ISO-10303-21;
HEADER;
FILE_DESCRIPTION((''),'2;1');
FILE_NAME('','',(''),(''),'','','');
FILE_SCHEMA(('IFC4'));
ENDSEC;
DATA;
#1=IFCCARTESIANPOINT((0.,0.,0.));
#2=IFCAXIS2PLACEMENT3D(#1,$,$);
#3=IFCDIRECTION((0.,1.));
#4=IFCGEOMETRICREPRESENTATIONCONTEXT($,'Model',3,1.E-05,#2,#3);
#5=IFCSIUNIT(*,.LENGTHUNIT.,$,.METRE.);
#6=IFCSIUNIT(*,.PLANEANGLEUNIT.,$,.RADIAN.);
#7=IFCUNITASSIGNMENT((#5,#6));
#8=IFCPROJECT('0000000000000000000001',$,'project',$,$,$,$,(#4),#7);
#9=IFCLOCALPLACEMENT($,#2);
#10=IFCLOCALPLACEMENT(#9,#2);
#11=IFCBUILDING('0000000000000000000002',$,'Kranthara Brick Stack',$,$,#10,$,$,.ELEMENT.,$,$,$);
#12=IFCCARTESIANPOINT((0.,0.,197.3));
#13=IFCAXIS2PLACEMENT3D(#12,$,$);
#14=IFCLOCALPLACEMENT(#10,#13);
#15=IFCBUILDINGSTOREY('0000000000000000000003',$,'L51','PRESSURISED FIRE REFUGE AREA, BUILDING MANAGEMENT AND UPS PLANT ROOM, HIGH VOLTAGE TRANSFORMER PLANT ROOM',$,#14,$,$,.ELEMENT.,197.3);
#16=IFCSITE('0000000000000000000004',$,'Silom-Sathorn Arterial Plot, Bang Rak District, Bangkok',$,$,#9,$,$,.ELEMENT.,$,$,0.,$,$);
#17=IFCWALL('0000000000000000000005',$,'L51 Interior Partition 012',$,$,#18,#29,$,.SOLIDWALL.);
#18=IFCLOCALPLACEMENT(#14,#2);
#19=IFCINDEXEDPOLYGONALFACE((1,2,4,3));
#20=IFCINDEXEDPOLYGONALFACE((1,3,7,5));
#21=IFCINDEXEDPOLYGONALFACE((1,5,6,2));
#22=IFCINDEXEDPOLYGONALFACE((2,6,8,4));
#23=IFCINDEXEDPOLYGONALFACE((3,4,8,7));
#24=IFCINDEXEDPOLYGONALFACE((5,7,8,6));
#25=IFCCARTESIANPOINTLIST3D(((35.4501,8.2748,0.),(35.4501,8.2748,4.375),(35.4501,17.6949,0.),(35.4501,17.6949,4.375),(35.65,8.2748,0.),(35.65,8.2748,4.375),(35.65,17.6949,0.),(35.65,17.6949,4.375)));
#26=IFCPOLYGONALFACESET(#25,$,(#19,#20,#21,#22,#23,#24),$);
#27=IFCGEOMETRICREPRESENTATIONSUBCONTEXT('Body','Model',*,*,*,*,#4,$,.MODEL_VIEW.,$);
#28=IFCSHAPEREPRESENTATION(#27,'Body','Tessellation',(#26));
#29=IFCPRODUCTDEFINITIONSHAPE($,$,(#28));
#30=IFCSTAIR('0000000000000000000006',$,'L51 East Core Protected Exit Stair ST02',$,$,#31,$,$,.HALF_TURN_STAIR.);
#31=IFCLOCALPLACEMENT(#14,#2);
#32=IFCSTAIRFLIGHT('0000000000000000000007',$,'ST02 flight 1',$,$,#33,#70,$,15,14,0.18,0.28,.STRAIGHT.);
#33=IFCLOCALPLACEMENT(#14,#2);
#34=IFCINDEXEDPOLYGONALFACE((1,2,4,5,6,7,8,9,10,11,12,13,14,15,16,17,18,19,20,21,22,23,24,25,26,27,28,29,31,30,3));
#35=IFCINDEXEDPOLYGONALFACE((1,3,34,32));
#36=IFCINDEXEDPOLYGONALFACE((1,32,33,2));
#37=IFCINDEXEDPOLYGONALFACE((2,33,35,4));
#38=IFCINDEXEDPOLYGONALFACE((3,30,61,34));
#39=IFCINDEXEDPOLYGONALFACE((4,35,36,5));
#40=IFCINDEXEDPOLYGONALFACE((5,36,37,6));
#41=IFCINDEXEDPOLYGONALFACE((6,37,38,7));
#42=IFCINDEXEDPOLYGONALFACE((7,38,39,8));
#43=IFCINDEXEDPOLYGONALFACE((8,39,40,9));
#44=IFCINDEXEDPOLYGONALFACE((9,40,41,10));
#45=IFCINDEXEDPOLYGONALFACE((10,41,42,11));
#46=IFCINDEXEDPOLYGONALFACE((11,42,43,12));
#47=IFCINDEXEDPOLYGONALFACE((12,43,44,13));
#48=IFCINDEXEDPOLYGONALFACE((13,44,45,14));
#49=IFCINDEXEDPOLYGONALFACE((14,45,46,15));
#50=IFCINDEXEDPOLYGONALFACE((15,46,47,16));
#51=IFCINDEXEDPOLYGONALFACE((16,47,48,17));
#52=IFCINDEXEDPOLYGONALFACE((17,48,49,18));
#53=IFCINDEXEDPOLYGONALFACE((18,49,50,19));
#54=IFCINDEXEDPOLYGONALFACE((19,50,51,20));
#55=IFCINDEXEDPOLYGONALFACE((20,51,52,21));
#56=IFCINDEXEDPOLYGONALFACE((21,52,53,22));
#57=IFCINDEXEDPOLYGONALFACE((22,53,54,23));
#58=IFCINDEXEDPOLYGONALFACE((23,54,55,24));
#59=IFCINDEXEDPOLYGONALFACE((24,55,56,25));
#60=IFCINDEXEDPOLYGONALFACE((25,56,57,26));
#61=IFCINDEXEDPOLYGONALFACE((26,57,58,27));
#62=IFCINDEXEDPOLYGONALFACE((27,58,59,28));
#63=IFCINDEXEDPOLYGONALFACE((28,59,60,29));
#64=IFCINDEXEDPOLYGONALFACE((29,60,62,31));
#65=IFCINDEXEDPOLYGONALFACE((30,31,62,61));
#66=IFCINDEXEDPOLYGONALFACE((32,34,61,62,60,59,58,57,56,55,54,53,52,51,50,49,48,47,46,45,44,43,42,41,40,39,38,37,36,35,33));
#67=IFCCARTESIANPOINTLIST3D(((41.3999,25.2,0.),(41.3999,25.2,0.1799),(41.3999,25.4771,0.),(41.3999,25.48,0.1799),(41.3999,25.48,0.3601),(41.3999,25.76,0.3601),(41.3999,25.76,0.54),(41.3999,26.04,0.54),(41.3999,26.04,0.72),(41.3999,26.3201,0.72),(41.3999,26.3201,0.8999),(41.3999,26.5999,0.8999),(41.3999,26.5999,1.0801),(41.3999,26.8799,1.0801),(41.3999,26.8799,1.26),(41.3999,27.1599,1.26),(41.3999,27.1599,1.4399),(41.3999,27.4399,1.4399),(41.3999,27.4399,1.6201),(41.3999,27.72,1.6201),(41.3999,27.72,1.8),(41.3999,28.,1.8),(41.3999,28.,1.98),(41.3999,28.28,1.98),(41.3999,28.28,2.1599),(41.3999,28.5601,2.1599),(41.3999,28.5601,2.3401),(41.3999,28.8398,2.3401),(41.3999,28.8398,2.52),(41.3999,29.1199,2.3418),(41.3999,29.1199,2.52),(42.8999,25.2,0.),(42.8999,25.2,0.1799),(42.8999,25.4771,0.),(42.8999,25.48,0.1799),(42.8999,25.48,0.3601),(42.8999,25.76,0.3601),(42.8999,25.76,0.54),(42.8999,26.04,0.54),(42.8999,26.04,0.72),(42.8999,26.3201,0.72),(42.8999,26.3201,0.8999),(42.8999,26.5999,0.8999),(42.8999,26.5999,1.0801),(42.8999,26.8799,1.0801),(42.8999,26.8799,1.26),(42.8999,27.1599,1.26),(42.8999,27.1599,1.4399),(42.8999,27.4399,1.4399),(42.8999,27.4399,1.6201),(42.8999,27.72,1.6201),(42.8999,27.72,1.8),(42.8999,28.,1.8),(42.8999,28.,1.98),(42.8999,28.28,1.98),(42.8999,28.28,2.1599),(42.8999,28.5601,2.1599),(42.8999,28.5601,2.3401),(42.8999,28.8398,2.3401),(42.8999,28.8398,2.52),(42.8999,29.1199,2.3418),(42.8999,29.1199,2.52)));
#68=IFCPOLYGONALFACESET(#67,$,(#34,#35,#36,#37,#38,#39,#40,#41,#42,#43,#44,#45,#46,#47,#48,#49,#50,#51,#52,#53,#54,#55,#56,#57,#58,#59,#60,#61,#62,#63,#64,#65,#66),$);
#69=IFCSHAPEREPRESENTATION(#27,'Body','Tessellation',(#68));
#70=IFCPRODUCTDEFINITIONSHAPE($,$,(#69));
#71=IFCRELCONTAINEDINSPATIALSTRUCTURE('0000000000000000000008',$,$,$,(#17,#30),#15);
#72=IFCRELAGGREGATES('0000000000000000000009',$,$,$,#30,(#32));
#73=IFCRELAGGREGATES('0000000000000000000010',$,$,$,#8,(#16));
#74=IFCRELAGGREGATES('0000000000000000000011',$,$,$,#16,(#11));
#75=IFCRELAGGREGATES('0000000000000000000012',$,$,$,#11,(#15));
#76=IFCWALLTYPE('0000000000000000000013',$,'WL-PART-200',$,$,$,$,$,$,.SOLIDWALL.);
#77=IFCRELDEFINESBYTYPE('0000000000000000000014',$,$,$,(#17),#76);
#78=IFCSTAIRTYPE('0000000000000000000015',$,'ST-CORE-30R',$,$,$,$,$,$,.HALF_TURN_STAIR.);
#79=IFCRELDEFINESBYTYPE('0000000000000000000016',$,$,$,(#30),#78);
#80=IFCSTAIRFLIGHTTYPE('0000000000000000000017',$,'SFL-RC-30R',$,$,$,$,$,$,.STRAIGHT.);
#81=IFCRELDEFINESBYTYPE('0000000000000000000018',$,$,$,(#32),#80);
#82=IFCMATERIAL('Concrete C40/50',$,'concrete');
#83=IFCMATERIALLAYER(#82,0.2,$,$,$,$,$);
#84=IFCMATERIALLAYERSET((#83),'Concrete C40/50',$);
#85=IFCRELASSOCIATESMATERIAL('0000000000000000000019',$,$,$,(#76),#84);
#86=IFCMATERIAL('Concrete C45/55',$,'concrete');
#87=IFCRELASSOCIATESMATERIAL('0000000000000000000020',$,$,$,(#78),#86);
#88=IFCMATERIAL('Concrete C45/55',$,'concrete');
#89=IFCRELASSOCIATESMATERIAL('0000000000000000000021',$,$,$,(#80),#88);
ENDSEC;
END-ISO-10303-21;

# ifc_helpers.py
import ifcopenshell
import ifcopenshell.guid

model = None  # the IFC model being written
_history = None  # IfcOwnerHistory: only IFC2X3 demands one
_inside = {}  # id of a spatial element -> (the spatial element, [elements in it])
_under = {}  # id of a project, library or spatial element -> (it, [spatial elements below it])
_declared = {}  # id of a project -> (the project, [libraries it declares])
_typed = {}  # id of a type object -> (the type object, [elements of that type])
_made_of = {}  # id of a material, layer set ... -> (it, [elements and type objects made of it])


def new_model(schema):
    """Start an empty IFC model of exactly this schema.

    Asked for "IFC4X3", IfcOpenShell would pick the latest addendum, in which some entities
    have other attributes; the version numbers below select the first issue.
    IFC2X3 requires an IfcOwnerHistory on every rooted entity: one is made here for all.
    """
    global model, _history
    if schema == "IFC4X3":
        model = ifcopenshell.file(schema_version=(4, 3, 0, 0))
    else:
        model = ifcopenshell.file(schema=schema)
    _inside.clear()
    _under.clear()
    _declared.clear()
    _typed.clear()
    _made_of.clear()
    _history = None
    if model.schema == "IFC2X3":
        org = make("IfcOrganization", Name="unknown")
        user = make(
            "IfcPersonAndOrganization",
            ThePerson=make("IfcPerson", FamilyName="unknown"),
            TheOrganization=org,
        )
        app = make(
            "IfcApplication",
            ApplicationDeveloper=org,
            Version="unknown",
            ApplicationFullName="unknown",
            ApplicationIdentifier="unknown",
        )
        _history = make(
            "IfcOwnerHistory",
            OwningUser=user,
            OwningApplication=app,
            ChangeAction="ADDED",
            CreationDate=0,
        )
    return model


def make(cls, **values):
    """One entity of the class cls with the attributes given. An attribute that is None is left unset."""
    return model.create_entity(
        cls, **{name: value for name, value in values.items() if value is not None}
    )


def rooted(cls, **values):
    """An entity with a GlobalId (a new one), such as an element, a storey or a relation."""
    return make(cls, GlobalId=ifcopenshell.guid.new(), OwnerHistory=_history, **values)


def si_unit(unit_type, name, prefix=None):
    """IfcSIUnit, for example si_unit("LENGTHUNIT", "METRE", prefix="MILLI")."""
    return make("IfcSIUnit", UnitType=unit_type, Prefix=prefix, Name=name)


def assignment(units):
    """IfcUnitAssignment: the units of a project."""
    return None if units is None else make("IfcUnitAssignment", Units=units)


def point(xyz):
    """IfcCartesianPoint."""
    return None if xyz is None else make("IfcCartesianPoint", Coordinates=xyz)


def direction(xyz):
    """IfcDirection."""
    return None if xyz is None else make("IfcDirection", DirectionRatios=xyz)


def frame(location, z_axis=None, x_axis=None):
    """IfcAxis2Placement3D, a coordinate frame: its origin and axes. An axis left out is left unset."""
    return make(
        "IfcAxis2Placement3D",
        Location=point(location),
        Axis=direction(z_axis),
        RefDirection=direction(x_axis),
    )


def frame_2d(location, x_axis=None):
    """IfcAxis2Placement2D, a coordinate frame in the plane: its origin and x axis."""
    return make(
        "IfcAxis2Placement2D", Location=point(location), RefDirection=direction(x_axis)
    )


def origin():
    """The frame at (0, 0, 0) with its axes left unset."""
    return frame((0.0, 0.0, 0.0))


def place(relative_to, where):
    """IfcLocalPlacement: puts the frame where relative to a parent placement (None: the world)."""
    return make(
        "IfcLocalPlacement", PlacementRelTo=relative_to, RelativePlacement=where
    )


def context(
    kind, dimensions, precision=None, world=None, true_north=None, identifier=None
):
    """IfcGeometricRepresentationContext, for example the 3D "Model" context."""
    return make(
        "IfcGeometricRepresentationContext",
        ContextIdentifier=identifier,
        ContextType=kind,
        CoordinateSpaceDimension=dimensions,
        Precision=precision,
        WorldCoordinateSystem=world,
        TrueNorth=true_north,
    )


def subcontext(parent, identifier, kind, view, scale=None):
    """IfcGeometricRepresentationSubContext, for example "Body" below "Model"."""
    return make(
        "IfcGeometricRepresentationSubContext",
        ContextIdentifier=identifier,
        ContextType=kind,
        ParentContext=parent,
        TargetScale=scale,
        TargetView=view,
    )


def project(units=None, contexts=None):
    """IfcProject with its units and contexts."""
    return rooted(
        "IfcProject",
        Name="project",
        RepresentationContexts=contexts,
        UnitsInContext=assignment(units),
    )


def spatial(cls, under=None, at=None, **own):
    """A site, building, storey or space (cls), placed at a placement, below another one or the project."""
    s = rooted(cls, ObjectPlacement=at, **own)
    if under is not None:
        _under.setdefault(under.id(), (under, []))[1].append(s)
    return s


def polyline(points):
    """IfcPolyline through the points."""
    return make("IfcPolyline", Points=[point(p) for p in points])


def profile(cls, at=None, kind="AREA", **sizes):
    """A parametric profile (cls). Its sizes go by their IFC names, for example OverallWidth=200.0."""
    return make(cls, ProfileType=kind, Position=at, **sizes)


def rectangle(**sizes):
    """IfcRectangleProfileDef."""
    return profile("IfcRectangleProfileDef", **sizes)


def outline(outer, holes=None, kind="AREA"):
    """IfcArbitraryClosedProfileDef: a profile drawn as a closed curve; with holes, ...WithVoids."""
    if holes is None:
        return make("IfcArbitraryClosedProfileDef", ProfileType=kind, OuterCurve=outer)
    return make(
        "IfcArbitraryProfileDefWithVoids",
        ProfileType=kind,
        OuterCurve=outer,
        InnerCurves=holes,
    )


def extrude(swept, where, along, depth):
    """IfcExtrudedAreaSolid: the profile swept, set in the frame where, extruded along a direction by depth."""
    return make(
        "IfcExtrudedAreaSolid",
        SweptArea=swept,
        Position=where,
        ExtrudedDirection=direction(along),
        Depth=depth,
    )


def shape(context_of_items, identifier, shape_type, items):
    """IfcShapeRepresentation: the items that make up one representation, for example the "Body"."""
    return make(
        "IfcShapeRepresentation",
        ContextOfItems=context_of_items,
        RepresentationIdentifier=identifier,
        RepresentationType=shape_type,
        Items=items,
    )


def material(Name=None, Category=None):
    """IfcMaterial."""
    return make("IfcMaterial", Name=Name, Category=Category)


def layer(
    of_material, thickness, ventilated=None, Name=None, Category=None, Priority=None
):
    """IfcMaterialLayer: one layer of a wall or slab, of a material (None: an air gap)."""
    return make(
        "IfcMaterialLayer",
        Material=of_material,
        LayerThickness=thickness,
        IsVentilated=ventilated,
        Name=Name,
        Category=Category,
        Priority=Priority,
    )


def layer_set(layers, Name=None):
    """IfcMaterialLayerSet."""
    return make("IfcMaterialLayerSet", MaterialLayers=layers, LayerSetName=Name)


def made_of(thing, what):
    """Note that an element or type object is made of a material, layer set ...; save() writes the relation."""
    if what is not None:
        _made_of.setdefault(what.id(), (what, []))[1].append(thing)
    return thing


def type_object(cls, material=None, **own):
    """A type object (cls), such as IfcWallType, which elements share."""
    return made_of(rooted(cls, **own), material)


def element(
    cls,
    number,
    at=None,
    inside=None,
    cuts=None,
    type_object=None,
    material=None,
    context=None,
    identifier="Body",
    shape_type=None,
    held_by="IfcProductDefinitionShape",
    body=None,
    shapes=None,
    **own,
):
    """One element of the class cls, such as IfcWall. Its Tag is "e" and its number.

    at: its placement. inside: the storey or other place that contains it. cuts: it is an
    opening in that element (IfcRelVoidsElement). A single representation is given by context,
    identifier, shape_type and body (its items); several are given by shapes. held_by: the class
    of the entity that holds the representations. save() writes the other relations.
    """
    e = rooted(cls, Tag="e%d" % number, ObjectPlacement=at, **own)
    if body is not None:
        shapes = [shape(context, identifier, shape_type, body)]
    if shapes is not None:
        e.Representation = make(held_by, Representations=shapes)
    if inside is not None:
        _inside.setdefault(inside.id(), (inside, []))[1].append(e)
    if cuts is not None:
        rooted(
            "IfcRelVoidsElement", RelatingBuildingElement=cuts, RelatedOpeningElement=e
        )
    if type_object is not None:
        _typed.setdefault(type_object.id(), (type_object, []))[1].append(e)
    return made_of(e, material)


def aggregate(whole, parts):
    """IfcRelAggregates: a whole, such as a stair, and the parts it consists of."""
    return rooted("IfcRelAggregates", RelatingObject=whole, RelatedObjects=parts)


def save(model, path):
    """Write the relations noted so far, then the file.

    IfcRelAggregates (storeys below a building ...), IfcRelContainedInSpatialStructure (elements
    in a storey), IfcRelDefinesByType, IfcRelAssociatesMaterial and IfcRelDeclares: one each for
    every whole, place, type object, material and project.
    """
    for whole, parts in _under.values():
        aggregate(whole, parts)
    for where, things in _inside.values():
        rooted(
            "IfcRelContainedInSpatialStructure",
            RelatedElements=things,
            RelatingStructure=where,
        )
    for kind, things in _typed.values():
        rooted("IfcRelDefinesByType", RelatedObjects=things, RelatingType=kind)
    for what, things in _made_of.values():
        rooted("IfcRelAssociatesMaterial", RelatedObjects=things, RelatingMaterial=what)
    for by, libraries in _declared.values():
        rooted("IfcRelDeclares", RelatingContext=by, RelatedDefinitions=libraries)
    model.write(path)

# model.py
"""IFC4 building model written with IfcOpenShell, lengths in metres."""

from ifc_helpers import new_model, si_unit, direction, frame, frame_2d, origin, place, context, subcontext, project, spatial, polyline, rectangle, outline, extrude, material, layer, layer_set, type_object, element, aggregate, save


model = new_model("IFC4")

# Units and contexts
model_context = context("Model", 3, precision=1e-05, world=origin(), true_north=direction((0.0, 1.0)))
body_context = subcontext(model_context, "Body", "Model", "MODEL_VIEW")
ifc_project = project(units=[si_unit("LENGTHUNIT", "METRE"), si_unit("PLANEANGLEUNIT", "RADIAN")], contexts=[model_context])

# Site, building, storey
site_placement = place(None, origin())
site = spatial("IfcSite", under=ifc_project, at=site_placement, Name="Silom-Sathorn Arterial Plot, Bang Rak District, Bangkok", CompositionType="ELEMENT", RefElevation=0.0)
building_placement = place(site_placement, origin())
building = spatial("IfcBuilding", under=site, at=building_placement, Name="Kranthara Brick Stack", CompositionType="ELEMENT")
storey_placement = place(building_placement, frame((0.0, 0.0, 197.3)))
storey = spatial("IfcBuildingStorey", under=building, at=storey_placement, Name="L51", Description="PRESSURISED FIRE REFUGE AREA, BUILDING MANAGEMENT AND UPS PLANT ROOM, HIGH VOLTAGE TRANSFORMER PLANT ROOM", CompositionType="ELEMENT", Elevation=197.3)

# Wall
ifc_material_1 = material(Name="Concrete C40/50", Category="concrete")
ifc_layer_1 = layer(ifc_material_1, 0.2)
ifc_layer_set_1 = layer_set([ifc_layer_1], Name="Concrete C40/50")
wall_type_1 = type_object("IfcWallType", Name="WL-PART-200", PredefinedType="SOLIDWALL", material=ifc_layer_set_1)
wall_1_placement = place(storey_placement, frame((35.55, 8.2749, 0.0), z_axis=(0.0, 0.0, 1.0), x_axis=(0.0, 1.0, 0.0)))
element("IfcWall", 1, at=wall_1_placement, inside=storey, type_object=wall_type_1, Name="L51 Interior Partition 012", PredefinedType="SOLIDWALL", context=body_context, shape_type="SweptSolid", body=[
    extrude(rectangle(XDim=9.4202, YDim=0.2, at=frame_2d((4.71, 0.0))), origin(), (0.0, 0.0, 1.0), 4.375),
])

# Stair, stair flight
ifc_material_2 = material(Name="Concrete C45/55", Category="concrete")
stair_type = type_object("IfcStairType", Name="ST-CORE-30R", PredefinedType="HALF_TURN_STAIR", material=ifc_material_2)
stair_placement = place(storey_placement, origin())
stair = element("IfcStair", 2, at=stair_placement, inside=storey, type_object=stair_type, Name="L51 East Core Protected Exit Stair ST02", PredefinedType="HALF_TURN_STAIR")
ifc_material_3 = material(Name="Concrete C45/55", Category="concrete")
stair_flight_type = type_object("IfcStairFlightType", Name="SFL-RC-30R", PredefinedType="STRAIGHT", material=ifc_material_3)
stair_flight_placement = place(storey_placement, frame((42.1499, 25.2, 0.0), z_axis=(0.0, 0.0, 1.0), x_axis=(0.0, 1.0, 0.0)))
stair_flight = element("IfcStairFlight", 3, at=stair_flight_placement, type_object=stair_flight_type, Name="ST02 flight 1", NumberOfRisers=15, NumberOfTreads=14, PredefinedType="STRAIGHT", RiserHeight=0.18, TreadLength=0.28, context=body_context, shape_type="SweptSolid", body=[
    extrude(outline(polyline([(0.0, 0.0), (0.0, 0.1799), (0.28, 0.1799), (0.28, 0.3601), (0.5601, 0.3601), (0.5601, 0.54), (0.8401, 0.54), (0.8401, 0.72), (1.1201, 0.72), (1.1201, 0.8999), (1.3999, 0.8999), (1.3999, 1.0801), (1.6799, 1.0801), (1.6799, 1.26), (1.96, 1.26), (1.96, 1.4399), (2.24, 1.4399), (2.24, 1.6201), (2.52, 1.6201), (2.52, 1.8), (2.8, 1.8), (2.8, 1.98), (3.0801, 1.98), (3.0801, 2.1599), (3.3601, 2.1599), (3.3601, 2.3401), (3.6399, 2.3401), (3.6399, 2.52), (3.9199, 2.52), (3.9199, 2.7), (3.9199, 2.3418), (0.2771, 0.0), (0.0, 0.0)])), frame((0.0, 0.75, 0.0), z_axis=(0.0, -1.0, 0.0), x_axis=(1.0, 0.0, 0.0)), (0.0, 0.0, 1.0), 1.5),
])
aggregate(stair, [stair_flight])

save(model, "model.ifc")
